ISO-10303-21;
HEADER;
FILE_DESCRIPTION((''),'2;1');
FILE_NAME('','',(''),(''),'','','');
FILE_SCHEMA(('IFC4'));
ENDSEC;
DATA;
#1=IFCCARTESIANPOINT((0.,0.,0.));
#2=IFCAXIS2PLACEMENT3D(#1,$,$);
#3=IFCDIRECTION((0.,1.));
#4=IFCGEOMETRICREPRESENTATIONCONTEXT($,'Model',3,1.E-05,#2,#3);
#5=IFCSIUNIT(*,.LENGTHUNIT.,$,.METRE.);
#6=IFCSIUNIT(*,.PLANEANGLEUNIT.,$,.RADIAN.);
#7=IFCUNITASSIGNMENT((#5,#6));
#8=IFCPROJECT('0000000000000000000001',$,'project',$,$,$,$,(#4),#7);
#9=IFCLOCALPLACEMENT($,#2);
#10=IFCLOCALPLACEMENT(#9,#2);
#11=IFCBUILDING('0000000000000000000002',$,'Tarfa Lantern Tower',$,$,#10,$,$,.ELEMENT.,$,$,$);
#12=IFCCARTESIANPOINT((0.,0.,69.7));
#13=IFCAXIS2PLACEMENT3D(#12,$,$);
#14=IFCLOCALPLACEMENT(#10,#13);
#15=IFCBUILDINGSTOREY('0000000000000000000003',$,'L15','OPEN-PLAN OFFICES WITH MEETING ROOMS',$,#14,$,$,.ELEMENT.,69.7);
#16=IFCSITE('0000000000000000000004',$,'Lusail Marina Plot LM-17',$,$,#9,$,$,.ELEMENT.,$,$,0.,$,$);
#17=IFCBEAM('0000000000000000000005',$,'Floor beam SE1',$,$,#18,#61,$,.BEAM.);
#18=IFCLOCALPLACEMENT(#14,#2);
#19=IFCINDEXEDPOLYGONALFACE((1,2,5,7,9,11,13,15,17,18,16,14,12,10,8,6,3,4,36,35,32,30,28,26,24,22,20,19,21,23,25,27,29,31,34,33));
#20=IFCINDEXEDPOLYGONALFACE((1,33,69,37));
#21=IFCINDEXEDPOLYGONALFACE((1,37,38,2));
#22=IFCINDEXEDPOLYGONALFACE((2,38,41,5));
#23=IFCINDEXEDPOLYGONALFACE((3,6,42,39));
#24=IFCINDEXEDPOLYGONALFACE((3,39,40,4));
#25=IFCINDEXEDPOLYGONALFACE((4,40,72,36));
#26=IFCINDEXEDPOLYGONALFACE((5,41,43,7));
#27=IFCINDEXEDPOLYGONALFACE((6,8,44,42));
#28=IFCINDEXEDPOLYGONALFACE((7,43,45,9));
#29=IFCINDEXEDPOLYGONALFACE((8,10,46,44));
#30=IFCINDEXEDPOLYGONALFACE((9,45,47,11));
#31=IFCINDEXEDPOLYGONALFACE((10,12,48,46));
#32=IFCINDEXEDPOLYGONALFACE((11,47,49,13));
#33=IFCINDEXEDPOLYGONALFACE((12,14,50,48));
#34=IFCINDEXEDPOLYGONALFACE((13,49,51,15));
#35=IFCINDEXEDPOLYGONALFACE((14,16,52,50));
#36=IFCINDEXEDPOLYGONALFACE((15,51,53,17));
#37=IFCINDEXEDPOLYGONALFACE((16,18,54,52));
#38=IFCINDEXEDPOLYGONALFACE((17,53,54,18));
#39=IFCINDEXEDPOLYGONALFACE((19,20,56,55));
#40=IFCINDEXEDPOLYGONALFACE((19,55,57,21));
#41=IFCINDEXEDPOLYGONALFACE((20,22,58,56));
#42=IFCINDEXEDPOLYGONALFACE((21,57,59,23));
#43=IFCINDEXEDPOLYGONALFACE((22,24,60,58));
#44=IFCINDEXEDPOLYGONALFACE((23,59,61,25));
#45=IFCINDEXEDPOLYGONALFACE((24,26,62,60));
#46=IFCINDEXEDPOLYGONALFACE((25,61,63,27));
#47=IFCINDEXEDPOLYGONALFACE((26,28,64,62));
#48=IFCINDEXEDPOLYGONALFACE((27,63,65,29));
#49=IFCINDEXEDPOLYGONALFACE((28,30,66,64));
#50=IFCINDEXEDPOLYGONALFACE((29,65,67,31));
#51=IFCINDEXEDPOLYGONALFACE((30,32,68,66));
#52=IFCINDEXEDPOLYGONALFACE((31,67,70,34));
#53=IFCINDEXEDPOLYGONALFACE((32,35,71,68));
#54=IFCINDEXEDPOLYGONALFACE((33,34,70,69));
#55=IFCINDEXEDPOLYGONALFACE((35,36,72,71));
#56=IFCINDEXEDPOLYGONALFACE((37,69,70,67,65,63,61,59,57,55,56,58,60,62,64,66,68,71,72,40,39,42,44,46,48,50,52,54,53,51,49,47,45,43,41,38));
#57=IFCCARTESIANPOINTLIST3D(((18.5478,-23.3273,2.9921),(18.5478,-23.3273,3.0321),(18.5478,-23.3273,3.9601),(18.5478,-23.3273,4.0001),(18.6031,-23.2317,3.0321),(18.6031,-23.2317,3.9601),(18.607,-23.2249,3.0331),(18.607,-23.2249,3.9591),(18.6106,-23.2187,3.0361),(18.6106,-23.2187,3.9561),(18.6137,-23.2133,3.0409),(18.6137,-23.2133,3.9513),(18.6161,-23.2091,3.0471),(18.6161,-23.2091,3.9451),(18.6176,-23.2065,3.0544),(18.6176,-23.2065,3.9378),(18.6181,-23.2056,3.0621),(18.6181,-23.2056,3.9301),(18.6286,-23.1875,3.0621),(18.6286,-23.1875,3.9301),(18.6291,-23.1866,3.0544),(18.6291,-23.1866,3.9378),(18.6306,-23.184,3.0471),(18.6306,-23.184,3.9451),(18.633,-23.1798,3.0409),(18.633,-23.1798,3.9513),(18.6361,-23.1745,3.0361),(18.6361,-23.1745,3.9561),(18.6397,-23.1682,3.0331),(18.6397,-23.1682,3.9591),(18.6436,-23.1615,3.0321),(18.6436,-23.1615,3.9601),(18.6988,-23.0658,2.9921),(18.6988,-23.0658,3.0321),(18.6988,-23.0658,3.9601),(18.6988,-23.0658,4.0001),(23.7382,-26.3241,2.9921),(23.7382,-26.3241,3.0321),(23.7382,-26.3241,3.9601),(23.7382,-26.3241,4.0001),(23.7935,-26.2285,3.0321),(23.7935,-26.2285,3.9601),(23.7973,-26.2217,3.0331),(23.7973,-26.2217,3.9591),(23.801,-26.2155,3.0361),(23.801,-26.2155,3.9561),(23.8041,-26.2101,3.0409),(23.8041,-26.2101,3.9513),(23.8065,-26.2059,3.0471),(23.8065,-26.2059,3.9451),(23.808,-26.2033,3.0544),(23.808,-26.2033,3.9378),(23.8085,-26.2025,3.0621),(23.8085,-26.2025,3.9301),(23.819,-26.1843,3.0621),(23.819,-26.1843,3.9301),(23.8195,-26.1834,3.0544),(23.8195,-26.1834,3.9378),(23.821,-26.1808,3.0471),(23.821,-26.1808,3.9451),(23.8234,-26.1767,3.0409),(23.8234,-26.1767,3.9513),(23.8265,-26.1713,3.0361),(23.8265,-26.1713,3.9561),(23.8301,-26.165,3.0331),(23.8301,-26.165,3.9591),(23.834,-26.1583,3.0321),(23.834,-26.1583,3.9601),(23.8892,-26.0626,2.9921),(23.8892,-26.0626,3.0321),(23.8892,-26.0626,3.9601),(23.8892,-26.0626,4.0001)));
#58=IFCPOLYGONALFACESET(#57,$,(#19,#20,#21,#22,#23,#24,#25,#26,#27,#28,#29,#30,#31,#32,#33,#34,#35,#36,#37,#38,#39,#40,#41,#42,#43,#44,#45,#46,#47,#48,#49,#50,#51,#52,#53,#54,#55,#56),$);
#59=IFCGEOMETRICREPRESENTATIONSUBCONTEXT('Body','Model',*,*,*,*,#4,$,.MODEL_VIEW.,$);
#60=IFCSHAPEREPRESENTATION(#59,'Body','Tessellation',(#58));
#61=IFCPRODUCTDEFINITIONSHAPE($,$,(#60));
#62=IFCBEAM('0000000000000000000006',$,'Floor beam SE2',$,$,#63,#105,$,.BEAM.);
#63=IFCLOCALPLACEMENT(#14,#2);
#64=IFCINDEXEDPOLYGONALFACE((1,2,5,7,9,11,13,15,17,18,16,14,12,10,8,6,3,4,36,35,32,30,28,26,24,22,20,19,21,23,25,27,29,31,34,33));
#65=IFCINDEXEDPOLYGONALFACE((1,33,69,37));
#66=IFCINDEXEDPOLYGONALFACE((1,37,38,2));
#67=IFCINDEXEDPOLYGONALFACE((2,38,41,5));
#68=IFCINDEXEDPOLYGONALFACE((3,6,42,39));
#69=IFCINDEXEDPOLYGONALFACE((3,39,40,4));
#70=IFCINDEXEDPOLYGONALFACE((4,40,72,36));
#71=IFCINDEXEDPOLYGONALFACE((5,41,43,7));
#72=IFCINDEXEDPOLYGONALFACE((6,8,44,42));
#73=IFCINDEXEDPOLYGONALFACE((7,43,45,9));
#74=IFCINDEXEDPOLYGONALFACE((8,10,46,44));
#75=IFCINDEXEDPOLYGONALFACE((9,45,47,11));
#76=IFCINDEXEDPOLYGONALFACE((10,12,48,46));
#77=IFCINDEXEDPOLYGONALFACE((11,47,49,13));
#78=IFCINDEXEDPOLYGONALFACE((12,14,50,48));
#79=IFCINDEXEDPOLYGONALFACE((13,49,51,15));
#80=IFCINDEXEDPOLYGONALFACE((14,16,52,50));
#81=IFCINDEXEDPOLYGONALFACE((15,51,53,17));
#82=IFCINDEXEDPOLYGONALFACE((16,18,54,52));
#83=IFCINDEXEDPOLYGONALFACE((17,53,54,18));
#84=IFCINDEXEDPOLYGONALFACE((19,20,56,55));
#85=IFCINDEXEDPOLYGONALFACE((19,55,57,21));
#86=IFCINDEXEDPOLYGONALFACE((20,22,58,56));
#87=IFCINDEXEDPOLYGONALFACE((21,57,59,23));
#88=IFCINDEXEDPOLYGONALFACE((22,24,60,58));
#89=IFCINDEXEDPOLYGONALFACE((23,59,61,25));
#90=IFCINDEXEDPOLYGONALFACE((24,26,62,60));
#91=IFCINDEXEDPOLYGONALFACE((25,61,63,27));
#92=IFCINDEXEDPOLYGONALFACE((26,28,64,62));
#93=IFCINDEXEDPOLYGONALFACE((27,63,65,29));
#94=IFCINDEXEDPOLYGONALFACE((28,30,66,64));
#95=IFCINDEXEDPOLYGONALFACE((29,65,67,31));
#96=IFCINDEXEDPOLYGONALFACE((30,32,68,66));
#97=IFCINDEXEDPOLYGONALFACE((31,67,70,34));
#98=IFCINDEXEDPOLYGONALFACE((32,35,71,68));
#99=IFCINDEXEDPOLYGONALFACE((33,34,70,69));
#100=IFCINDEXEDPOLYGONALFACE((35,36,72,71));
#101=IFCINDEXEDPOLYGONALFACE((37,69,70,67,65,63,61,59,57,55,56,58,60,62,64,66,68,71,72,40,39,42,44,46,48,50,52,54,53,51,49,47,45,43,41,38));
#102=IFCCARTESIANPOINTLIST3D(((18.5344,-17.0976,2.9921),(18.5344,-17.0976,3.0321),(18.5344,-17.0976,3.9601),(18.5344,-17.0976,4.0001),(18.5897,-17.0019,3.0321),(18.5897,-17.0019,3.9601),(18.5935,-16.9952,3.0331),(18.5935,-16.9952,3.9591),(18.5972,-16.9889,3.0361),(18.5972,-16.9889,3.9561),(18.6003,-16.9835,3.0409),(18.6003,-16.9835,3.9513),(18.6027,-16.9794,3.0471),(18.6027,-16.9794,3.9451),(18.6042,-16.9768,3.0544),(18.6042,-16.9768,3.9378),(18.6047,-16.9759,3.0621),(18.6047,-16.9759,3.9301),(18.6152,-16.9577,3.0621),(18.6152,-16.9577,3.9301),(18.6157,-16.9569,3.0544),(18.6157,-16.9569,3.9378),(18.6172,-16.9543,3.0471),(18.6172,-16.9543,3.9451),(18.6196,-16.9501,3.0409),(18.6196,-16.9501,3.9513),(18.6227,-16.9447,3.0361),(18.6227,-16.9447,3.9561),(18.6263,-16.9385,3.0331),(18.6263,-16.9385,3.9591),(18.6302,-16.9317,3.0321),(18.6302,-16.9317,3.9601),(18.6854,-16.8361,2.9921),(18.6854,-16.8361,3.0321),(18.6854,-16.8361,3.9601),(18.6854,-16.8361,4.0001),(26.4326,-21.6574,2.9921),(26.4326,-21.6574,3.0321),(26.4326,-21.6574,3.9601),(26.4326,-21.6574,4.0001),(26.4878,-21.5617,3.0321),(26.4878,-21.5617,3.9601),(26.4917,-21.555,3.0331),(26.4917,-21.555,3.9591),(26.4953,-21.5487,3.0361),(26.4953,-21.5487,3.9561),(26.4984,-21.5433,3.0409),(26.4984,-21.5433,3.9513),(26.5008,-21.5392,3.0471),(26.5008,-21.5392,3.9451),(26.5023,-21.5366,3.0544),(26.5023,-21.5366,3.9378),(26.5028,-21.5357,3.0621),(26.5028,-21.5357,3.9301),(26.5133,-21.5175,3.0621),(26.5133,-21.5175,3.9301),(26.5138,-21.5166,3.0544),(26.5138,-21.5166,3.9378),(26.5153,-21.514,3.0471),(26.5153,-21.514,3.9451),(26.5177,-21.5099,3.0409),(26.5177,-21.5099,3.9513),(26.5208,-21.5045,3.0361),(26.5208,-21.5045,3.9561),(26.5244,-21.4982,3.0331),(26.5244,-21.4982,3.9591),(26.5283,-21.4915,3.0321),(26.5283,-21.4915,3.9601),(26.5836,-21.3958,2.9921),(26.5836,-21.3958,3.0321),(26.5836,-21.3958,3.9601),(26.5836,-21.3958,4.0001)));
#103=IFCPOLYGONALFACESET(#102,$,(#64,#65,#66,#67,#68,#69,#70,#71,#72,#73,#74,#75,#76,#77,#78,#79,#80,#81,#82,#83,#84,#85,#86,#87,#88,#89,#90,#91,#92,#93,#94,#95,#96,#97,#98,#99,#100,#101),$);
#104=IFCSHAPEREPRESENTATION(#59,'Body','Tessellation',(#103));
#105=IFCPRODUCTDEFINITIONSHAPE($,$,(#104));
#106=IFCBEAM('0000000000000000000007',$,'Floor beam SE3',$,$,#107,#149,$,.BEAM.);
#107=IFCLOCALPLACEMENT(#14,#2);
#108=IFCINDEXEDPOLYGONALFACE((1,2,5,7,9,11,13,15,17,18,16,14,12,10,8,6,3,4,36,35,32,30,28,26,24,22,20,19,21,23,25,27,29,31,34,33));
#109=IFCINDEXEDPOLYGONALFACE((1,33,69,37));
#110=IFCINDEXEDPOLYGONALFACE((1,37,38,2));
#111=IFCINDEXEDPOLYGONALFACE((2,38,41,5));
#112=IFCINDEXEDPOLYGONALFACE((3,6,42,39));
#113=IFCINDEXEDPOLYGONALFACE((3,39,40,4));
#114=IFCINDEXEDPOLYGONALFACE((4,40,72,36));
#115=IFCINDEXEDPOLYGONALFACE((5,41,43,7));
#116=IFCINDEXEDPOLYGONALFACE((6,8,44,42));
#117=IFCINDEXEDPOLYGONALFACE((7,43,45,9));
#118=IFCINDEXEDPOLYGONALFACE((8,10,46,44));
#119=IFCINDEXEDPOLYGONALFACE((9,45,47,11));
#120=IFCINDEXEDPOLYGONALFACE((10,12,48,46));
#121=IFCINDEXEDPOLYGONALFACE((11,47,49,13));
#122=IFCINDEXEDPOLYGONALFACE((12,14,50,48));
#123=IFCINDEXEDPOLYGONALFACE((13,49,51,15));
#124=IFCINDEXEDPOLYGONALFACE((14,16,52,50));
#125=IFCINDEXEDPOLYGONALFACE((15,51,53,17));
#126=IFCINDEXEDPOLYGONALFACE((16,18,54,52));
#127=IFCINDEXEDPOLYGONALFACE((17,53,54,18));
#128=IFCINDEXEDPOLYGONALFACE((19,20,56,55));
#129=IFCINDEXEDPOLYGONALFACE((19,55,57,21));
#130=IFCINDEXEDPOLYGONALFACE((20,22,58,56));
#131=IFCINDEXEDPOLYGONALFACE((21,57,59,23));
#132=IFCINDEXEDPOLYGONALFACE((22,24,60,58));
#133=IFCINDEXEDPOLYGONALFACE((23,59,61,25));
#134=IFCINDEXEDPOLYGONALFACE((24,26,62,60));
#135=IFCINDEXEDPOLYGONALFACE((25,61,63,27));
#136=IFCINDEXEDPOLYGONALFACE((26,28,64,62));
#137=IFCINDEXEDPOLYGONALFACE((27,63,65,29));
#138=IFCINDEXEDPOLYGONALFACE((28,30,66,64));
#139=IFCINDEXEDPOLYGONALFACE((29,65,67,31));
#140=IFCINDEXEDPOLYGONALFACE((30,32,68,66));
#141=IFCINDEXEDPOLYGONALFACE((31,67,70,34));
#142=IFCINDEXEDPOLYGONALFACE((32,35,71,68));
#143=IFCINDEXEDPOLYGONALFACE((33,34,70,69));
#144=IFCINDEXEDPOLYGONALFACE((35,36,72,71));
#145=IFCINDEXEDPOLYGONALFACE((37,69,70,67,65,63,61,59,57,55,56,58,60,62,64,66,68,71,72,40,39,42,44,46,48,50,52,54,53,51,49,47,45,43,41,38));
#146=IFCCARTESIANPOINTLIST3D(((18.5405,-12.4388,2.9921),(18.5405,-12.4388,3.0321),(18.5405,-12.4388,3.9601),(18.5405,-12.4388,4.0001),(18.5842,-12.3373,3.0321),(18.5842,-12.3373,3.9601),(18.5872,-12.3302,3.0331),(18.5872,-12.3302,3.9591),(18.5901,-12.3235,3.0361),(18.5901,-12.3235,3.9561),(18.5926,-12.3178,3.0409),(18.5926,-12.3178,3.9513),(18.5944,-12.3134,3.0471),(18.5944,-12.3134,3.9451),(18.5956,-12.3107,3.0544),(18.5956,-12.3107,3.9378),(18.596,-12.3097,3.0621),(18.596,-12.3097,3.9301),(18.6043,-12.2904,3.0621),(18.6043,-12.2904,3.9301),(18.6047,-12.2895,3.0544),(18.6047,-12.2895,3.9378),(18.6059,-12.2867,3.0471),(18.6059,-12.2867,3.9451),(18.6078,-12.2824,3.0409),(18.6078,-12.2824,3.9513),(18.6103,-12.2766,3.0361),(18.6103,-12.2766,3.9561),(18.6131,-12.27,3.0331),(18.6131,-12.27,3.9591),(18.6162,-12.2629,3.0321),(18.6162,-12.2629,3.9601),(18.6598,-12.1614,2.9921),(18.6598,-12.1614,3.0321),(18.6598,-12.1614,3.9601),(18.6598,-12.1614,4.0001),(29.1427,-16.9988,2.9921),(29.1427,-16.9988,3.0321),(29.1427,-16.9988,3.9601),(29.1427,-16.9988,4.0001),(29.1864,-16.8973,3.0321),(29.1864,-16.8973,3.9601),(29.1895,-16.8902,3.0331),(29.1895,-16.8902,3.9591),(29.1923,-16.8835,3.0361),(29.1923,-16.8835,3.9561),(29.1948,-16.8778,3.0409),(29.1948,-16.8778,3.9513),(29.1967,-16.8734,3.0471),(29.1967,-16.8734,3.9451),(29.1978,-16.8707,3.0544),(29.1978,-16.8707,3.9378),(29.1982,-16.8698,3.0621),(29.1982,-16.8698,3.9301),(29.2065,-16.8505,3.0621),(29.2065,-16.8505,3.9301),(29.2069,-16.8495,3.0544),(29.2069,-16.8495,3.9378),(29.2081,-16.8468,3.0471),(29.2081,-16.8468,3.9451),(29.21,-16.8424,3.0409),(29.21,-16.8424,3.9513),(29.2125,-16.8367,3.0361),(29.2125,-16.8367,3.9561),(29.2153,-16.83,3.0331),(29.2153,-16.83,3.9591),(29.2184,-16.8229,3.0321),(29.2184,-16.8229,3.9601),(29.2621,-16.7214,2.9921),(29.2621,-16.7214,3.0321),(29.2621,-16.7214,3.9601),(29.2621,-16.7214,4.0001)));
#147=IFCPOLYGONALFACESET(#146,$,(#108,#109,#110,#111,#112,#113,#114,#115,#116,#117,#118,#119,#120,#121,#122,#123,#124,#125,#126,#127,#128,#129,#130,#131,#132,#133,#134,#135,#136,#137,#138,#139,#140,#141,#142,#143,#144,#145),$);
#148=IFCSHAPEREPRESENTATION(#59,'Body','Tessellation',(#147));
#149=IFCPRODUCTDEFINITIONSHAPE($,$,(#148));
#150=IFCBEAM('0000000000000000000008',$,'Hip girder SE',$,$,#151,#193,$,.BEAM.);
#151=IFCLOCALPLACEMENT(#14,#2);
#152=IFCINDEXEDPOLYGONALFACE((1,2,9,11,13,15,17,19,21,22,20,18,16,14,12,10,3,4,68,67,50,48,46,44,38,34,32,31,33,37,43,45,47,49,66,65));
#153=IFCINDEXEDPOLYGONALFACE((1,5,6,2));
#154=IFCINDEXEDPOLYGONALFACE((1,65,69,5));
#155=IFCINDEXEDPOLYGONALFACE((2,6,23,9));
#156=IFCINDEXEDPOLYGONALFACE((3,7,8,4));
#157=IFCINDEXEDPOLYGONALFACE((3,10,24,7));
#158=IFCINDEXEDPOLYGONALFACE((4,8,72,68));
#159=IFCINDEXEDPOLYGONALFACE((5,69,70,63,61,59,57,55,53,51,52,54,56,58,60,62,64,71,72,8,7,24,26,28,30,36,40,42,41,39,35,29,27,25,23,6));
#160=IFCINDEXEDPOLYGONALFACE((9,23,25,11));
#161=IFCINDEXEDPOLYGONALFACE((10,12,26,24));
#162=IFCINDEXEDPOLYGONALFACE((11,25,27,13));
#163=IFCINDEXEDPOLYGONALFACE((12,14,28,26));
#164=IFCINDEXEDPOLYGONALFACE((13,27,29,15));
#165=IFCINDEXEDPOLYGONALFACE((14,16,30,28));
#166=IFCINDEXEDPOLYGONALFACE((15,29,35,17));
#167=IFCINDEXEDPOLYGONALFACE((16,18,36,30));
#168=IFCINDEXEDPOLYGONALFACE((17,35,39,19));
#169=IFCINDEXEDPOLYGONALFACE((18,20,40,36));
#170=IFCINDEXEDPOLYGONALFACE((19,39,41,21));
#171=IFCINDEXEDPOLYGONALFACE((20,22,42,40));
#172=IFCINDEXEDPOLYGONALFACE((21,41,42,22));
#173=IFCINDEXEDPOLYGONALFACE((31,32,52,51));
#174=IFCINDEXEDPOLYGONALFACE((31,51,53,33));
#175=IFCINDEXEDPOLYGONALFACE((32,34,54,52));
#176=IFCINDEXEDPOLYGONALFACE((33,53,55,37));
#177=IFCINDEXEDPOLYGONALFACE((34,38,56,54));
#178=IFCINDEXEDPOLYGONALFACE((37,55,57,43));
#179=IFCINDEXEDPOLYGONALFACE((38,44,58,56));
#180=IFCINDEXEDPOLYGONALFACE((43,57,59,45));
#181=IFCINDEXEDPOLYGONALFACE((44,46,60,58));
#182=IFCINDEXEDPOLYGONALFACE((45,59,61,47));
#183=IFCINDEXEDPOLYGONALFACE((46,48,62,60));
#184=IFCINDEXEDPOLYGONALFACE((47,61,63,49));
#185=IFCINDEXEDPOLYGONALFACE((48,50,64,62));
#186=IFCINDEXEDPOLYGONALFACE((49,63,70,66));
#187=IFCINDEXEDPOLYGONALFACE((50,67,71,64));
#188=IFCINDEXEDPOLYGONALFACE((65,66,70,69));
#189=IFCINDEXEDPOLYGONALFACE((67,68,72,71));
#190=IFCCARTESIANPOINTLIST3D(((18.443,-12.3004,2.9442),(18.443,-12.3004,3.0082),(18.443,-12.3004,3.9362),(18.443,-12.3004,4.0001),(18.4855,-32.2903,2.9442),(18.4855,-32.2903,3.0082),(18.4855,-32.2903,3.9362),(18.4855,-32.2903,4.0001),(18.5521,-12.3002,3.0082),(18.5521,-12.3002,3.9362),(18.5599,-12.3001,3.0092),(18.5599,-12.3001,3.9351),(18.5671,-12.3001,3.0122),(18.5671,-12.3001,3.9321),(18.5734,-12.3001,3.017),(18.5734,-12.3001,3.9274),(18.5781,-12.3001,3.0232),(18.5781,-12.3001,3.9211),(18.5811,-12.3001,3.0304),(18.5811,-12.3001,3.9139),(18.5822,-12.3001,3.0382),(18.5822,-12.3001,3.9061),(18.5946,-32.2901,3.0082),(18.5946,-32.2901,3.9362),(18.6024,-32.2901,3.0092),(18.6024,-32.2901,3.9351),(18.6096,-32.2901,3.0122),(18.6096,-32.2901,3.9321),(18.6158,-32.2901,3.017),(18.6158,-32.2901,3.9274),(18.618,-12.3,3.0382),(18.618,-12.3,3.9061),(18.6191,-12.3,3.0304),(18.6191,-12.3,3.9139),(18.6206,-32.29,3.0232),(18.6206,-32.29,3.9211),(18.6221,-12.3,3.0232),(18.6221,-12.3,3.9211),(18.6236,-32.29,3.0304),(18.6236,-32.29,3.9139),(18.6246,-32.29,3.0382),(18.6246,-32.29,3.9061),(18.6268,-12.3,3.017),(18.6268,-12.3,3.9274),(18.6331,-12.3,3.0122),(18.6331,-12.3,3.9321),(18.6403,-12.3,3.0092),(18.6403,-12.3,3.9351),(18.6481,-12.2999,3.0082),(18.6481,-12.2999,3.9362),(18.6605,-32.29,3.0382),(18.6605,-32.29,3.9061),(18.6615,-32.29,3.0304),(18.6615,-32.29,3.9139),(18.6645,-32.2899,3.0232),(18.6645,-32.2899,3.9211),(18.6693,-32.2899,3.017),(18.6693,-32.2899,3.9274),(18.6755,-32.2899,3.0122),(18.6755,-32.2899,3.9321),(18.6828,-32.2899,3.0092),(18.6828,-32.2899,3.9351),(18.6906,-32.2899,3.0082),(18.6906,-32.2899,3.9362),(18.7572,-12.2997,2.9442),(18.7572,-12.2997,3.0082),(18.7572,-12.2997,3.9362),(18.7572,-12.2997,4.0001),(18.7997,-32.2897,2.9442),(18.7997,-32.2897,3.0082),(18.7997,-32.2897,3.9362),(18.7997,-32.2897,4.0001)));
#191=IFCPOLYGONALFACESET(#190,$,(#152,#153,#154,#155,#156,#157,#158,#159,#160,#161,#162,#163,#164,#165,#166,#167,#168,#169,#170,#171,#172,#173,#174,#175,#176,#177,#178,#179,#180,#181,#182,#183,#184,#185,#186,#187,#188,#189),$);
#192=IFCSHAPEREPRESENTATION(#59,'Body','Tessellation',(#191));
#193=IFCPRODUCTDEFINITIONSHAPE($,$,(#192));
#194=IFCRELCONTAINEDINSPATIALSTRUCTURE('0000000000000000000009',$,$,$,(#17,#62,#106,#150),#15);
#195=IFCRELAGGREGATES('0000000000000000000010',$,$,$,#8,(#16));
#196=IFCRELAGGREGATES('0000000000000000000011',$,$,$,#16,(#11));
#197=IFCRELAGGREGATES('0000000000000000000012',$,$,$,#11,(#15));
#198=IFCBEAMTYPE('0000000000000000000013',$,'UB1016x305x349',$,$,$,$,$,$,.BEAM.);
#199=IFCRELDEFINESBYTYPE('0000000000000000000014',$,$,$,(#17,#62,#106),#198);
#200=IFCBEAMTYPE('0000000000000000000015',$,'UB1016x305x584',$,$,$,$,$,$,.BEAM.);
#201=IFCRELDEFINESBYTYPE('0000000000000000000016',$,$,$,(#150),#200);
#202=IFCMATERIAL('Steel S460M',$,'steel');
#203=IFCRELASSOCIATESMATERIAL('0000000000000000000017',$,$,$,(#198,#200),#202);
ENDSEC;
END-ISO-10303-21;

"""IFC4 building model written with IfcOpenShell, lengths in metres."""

from ifc_helpers import new_model, si_unit, direction, frame, origin, origin_2d, place, context, subcontext, project, spatial, i_section, extrude, material, material_profile, profile_set, type_object, element, save


model = new_model("IFC4")

# Units and contexts
model_context = context("Model", 3, precision=1e-05, world=origin(), true_north=direction((0.0, 1.0)))
body_context = subcontext(model_context, "Body", "Model", "MODEL_VIEW")
ifc_project = project(units=[si_unit("LENGTHUNIT", "METRE"), si_unit("PLANEANGLEUNIT", "RADIAN")], contexts=[model_context])

# Site, building, storey
site_placement = place(None, origin())
site = spatial("IfcSite", under=ifc_project, at=site_placement, Name="Lusail Marina Plot LM-17", CompositionType="ELEMENT", RefElevation=0.0)
building_placement = place(site_placement, origin())
building = spatial("IfcBuilding", under=site, at=building_placement, Name="Tarfa Lantern Tower", CompositionType="ELEMENT")
storey_placement = place(building_placement, frame((0.0, 0.0, 69.7)))
storey = spatial("IfcBuildingStorey", under=building, at=storey_placement, Name="L15", Description="OPEN-PLAN OFFICES WITH MEETING ROOMS", CompositionType="ELEMENT", Elevation=69.7)

# Beams
ifc_material_1 = material(Name="Steel S460M", Category="steel")
ifc_material_profile_1 = material_profile(ifc_material_1, i_section(OverallWidth=0.302, OverallDepth=1.0081, WebThickness=0.021, FlangeThickness=0.04, FilletRadius=0.03, at=origin_2d()), Name="UB1016x305x349")
ifc_profile_set_1 = profile_set([ifc_material_profile_1], Name="Steel S460M")
beam_type_1 = type_object("IfcBeamType", Name="UB1016x305x349", PredefinedType="BEAM", material=ifc_profile_set_1)
beam_1_placement = place(storey_placement, frame((23.8137, -26.1934, 3.4961), z_axis=(-0.866016, 0.500016, 0.0), x_axis=(-0.500016, -0.866016, 0.0)))
element("IfcBeam", 1, at=beam_1_placement, inside=storey, type_object=beam_type_1, Name="Floor beam SE1", PredefinedType="BEAM", context=body_context, shape_type="SweptSolid", body=[
    extrude(i_section(OverallWidth=0.302, OverallDepth=1.0081, WebThickness=0.021, FlangeThickness=0.04, FilletRadius=0.03, at=origin_2d()), origin(), (0.0, 0.0, 1.0), 5.9934),
])
beam_2_placement = place(storey_placement, frame((26.5081, -21.5266, 3.4961), z_axis=(-0.866035, 0.499983, 0.0), x_axis=(-0.499983, -0.866035, 0.0)))
element("IfcBeam", 2, at=beam_2_placement, inside=storey, type_object=beam_type_1, Name="Floor beam SE2", PredefinedType="BEAM", context=body_context, shape_type="SweptSolid", body=[
    extrude(i_section(OverallWidth=0.302, OverallDepth=1.0081, WebThickness=0.021, FlangeThickness=0.04, FilletRadius=0.03, at=origin_2d()), origin(), (0.0, 0.0, 1.0), 9.1199),
])
beam_3_placement = place(storey_placement, frame((29.2024, -16.8601, 3.4961), z_axis=(-0.918635, 0.395106, 0.0), x_axis=(-0.395106, -0.918635, 0.0)))
element("IfcBeam", 3, at=beam_3_placement, inside=storey, type_object=beam_type_1, Name="Floor beam SE3", PredefinedType="BEAM", context=body_context, shape_type="SweptSolid", body=[
    extrude(i_section(OverallWidth=0.302, OverallDepth=1.0081, WebThickness=0.021, FlangeThickness=0.04, FilletRadius=0.03, at=origin_2d()), origin(), (0.0, 0.0, 1.0), 11.5413),
])
ifc_material_profile_2 = material_profile(ifc_material_1, i_section(OverallWidth=0.3142, OverallDepth=1.0559, WebThickness=0.0359, FlangeThickness=0.064, FilletRadius=0.03, at=origin_2d()), Name="UB1016x305x584")
ifc_profile_set_2 = profile_set([ifc_material_profile_2], Name="Steel S460M")
beam_type_2 = type_object("IfcBeamType", Name="UB1016x305x584", PredefinedType="BEAM", material=ifc_profile_set_2)
beam_4_placement = place(storey_placement, frame((18.6001, -12.3, 3.4722), z_axis=(0.002125, -0.999998, 0.0), x_axis=(0.999998, 0.002125, 0.0)))
element("IfcBeam", 4, at=beam_4_placement, inside=storey, type_object=beam_type_2, Name="Hip girder SE", PredefinedType="BEAM", context=body_context, shape_type="SweptSolid", body=[
    extrude(i_section(OverallWidth=0.3142, OverallDepth=1.0559, WebThickness=0.0359, FlangeThickness=0.064, FilletRadius=0.03, at=origin_2d()), origin(), (0.0, 0.0, 1.0), 19.99),
])

save(model, "model.ifc")
